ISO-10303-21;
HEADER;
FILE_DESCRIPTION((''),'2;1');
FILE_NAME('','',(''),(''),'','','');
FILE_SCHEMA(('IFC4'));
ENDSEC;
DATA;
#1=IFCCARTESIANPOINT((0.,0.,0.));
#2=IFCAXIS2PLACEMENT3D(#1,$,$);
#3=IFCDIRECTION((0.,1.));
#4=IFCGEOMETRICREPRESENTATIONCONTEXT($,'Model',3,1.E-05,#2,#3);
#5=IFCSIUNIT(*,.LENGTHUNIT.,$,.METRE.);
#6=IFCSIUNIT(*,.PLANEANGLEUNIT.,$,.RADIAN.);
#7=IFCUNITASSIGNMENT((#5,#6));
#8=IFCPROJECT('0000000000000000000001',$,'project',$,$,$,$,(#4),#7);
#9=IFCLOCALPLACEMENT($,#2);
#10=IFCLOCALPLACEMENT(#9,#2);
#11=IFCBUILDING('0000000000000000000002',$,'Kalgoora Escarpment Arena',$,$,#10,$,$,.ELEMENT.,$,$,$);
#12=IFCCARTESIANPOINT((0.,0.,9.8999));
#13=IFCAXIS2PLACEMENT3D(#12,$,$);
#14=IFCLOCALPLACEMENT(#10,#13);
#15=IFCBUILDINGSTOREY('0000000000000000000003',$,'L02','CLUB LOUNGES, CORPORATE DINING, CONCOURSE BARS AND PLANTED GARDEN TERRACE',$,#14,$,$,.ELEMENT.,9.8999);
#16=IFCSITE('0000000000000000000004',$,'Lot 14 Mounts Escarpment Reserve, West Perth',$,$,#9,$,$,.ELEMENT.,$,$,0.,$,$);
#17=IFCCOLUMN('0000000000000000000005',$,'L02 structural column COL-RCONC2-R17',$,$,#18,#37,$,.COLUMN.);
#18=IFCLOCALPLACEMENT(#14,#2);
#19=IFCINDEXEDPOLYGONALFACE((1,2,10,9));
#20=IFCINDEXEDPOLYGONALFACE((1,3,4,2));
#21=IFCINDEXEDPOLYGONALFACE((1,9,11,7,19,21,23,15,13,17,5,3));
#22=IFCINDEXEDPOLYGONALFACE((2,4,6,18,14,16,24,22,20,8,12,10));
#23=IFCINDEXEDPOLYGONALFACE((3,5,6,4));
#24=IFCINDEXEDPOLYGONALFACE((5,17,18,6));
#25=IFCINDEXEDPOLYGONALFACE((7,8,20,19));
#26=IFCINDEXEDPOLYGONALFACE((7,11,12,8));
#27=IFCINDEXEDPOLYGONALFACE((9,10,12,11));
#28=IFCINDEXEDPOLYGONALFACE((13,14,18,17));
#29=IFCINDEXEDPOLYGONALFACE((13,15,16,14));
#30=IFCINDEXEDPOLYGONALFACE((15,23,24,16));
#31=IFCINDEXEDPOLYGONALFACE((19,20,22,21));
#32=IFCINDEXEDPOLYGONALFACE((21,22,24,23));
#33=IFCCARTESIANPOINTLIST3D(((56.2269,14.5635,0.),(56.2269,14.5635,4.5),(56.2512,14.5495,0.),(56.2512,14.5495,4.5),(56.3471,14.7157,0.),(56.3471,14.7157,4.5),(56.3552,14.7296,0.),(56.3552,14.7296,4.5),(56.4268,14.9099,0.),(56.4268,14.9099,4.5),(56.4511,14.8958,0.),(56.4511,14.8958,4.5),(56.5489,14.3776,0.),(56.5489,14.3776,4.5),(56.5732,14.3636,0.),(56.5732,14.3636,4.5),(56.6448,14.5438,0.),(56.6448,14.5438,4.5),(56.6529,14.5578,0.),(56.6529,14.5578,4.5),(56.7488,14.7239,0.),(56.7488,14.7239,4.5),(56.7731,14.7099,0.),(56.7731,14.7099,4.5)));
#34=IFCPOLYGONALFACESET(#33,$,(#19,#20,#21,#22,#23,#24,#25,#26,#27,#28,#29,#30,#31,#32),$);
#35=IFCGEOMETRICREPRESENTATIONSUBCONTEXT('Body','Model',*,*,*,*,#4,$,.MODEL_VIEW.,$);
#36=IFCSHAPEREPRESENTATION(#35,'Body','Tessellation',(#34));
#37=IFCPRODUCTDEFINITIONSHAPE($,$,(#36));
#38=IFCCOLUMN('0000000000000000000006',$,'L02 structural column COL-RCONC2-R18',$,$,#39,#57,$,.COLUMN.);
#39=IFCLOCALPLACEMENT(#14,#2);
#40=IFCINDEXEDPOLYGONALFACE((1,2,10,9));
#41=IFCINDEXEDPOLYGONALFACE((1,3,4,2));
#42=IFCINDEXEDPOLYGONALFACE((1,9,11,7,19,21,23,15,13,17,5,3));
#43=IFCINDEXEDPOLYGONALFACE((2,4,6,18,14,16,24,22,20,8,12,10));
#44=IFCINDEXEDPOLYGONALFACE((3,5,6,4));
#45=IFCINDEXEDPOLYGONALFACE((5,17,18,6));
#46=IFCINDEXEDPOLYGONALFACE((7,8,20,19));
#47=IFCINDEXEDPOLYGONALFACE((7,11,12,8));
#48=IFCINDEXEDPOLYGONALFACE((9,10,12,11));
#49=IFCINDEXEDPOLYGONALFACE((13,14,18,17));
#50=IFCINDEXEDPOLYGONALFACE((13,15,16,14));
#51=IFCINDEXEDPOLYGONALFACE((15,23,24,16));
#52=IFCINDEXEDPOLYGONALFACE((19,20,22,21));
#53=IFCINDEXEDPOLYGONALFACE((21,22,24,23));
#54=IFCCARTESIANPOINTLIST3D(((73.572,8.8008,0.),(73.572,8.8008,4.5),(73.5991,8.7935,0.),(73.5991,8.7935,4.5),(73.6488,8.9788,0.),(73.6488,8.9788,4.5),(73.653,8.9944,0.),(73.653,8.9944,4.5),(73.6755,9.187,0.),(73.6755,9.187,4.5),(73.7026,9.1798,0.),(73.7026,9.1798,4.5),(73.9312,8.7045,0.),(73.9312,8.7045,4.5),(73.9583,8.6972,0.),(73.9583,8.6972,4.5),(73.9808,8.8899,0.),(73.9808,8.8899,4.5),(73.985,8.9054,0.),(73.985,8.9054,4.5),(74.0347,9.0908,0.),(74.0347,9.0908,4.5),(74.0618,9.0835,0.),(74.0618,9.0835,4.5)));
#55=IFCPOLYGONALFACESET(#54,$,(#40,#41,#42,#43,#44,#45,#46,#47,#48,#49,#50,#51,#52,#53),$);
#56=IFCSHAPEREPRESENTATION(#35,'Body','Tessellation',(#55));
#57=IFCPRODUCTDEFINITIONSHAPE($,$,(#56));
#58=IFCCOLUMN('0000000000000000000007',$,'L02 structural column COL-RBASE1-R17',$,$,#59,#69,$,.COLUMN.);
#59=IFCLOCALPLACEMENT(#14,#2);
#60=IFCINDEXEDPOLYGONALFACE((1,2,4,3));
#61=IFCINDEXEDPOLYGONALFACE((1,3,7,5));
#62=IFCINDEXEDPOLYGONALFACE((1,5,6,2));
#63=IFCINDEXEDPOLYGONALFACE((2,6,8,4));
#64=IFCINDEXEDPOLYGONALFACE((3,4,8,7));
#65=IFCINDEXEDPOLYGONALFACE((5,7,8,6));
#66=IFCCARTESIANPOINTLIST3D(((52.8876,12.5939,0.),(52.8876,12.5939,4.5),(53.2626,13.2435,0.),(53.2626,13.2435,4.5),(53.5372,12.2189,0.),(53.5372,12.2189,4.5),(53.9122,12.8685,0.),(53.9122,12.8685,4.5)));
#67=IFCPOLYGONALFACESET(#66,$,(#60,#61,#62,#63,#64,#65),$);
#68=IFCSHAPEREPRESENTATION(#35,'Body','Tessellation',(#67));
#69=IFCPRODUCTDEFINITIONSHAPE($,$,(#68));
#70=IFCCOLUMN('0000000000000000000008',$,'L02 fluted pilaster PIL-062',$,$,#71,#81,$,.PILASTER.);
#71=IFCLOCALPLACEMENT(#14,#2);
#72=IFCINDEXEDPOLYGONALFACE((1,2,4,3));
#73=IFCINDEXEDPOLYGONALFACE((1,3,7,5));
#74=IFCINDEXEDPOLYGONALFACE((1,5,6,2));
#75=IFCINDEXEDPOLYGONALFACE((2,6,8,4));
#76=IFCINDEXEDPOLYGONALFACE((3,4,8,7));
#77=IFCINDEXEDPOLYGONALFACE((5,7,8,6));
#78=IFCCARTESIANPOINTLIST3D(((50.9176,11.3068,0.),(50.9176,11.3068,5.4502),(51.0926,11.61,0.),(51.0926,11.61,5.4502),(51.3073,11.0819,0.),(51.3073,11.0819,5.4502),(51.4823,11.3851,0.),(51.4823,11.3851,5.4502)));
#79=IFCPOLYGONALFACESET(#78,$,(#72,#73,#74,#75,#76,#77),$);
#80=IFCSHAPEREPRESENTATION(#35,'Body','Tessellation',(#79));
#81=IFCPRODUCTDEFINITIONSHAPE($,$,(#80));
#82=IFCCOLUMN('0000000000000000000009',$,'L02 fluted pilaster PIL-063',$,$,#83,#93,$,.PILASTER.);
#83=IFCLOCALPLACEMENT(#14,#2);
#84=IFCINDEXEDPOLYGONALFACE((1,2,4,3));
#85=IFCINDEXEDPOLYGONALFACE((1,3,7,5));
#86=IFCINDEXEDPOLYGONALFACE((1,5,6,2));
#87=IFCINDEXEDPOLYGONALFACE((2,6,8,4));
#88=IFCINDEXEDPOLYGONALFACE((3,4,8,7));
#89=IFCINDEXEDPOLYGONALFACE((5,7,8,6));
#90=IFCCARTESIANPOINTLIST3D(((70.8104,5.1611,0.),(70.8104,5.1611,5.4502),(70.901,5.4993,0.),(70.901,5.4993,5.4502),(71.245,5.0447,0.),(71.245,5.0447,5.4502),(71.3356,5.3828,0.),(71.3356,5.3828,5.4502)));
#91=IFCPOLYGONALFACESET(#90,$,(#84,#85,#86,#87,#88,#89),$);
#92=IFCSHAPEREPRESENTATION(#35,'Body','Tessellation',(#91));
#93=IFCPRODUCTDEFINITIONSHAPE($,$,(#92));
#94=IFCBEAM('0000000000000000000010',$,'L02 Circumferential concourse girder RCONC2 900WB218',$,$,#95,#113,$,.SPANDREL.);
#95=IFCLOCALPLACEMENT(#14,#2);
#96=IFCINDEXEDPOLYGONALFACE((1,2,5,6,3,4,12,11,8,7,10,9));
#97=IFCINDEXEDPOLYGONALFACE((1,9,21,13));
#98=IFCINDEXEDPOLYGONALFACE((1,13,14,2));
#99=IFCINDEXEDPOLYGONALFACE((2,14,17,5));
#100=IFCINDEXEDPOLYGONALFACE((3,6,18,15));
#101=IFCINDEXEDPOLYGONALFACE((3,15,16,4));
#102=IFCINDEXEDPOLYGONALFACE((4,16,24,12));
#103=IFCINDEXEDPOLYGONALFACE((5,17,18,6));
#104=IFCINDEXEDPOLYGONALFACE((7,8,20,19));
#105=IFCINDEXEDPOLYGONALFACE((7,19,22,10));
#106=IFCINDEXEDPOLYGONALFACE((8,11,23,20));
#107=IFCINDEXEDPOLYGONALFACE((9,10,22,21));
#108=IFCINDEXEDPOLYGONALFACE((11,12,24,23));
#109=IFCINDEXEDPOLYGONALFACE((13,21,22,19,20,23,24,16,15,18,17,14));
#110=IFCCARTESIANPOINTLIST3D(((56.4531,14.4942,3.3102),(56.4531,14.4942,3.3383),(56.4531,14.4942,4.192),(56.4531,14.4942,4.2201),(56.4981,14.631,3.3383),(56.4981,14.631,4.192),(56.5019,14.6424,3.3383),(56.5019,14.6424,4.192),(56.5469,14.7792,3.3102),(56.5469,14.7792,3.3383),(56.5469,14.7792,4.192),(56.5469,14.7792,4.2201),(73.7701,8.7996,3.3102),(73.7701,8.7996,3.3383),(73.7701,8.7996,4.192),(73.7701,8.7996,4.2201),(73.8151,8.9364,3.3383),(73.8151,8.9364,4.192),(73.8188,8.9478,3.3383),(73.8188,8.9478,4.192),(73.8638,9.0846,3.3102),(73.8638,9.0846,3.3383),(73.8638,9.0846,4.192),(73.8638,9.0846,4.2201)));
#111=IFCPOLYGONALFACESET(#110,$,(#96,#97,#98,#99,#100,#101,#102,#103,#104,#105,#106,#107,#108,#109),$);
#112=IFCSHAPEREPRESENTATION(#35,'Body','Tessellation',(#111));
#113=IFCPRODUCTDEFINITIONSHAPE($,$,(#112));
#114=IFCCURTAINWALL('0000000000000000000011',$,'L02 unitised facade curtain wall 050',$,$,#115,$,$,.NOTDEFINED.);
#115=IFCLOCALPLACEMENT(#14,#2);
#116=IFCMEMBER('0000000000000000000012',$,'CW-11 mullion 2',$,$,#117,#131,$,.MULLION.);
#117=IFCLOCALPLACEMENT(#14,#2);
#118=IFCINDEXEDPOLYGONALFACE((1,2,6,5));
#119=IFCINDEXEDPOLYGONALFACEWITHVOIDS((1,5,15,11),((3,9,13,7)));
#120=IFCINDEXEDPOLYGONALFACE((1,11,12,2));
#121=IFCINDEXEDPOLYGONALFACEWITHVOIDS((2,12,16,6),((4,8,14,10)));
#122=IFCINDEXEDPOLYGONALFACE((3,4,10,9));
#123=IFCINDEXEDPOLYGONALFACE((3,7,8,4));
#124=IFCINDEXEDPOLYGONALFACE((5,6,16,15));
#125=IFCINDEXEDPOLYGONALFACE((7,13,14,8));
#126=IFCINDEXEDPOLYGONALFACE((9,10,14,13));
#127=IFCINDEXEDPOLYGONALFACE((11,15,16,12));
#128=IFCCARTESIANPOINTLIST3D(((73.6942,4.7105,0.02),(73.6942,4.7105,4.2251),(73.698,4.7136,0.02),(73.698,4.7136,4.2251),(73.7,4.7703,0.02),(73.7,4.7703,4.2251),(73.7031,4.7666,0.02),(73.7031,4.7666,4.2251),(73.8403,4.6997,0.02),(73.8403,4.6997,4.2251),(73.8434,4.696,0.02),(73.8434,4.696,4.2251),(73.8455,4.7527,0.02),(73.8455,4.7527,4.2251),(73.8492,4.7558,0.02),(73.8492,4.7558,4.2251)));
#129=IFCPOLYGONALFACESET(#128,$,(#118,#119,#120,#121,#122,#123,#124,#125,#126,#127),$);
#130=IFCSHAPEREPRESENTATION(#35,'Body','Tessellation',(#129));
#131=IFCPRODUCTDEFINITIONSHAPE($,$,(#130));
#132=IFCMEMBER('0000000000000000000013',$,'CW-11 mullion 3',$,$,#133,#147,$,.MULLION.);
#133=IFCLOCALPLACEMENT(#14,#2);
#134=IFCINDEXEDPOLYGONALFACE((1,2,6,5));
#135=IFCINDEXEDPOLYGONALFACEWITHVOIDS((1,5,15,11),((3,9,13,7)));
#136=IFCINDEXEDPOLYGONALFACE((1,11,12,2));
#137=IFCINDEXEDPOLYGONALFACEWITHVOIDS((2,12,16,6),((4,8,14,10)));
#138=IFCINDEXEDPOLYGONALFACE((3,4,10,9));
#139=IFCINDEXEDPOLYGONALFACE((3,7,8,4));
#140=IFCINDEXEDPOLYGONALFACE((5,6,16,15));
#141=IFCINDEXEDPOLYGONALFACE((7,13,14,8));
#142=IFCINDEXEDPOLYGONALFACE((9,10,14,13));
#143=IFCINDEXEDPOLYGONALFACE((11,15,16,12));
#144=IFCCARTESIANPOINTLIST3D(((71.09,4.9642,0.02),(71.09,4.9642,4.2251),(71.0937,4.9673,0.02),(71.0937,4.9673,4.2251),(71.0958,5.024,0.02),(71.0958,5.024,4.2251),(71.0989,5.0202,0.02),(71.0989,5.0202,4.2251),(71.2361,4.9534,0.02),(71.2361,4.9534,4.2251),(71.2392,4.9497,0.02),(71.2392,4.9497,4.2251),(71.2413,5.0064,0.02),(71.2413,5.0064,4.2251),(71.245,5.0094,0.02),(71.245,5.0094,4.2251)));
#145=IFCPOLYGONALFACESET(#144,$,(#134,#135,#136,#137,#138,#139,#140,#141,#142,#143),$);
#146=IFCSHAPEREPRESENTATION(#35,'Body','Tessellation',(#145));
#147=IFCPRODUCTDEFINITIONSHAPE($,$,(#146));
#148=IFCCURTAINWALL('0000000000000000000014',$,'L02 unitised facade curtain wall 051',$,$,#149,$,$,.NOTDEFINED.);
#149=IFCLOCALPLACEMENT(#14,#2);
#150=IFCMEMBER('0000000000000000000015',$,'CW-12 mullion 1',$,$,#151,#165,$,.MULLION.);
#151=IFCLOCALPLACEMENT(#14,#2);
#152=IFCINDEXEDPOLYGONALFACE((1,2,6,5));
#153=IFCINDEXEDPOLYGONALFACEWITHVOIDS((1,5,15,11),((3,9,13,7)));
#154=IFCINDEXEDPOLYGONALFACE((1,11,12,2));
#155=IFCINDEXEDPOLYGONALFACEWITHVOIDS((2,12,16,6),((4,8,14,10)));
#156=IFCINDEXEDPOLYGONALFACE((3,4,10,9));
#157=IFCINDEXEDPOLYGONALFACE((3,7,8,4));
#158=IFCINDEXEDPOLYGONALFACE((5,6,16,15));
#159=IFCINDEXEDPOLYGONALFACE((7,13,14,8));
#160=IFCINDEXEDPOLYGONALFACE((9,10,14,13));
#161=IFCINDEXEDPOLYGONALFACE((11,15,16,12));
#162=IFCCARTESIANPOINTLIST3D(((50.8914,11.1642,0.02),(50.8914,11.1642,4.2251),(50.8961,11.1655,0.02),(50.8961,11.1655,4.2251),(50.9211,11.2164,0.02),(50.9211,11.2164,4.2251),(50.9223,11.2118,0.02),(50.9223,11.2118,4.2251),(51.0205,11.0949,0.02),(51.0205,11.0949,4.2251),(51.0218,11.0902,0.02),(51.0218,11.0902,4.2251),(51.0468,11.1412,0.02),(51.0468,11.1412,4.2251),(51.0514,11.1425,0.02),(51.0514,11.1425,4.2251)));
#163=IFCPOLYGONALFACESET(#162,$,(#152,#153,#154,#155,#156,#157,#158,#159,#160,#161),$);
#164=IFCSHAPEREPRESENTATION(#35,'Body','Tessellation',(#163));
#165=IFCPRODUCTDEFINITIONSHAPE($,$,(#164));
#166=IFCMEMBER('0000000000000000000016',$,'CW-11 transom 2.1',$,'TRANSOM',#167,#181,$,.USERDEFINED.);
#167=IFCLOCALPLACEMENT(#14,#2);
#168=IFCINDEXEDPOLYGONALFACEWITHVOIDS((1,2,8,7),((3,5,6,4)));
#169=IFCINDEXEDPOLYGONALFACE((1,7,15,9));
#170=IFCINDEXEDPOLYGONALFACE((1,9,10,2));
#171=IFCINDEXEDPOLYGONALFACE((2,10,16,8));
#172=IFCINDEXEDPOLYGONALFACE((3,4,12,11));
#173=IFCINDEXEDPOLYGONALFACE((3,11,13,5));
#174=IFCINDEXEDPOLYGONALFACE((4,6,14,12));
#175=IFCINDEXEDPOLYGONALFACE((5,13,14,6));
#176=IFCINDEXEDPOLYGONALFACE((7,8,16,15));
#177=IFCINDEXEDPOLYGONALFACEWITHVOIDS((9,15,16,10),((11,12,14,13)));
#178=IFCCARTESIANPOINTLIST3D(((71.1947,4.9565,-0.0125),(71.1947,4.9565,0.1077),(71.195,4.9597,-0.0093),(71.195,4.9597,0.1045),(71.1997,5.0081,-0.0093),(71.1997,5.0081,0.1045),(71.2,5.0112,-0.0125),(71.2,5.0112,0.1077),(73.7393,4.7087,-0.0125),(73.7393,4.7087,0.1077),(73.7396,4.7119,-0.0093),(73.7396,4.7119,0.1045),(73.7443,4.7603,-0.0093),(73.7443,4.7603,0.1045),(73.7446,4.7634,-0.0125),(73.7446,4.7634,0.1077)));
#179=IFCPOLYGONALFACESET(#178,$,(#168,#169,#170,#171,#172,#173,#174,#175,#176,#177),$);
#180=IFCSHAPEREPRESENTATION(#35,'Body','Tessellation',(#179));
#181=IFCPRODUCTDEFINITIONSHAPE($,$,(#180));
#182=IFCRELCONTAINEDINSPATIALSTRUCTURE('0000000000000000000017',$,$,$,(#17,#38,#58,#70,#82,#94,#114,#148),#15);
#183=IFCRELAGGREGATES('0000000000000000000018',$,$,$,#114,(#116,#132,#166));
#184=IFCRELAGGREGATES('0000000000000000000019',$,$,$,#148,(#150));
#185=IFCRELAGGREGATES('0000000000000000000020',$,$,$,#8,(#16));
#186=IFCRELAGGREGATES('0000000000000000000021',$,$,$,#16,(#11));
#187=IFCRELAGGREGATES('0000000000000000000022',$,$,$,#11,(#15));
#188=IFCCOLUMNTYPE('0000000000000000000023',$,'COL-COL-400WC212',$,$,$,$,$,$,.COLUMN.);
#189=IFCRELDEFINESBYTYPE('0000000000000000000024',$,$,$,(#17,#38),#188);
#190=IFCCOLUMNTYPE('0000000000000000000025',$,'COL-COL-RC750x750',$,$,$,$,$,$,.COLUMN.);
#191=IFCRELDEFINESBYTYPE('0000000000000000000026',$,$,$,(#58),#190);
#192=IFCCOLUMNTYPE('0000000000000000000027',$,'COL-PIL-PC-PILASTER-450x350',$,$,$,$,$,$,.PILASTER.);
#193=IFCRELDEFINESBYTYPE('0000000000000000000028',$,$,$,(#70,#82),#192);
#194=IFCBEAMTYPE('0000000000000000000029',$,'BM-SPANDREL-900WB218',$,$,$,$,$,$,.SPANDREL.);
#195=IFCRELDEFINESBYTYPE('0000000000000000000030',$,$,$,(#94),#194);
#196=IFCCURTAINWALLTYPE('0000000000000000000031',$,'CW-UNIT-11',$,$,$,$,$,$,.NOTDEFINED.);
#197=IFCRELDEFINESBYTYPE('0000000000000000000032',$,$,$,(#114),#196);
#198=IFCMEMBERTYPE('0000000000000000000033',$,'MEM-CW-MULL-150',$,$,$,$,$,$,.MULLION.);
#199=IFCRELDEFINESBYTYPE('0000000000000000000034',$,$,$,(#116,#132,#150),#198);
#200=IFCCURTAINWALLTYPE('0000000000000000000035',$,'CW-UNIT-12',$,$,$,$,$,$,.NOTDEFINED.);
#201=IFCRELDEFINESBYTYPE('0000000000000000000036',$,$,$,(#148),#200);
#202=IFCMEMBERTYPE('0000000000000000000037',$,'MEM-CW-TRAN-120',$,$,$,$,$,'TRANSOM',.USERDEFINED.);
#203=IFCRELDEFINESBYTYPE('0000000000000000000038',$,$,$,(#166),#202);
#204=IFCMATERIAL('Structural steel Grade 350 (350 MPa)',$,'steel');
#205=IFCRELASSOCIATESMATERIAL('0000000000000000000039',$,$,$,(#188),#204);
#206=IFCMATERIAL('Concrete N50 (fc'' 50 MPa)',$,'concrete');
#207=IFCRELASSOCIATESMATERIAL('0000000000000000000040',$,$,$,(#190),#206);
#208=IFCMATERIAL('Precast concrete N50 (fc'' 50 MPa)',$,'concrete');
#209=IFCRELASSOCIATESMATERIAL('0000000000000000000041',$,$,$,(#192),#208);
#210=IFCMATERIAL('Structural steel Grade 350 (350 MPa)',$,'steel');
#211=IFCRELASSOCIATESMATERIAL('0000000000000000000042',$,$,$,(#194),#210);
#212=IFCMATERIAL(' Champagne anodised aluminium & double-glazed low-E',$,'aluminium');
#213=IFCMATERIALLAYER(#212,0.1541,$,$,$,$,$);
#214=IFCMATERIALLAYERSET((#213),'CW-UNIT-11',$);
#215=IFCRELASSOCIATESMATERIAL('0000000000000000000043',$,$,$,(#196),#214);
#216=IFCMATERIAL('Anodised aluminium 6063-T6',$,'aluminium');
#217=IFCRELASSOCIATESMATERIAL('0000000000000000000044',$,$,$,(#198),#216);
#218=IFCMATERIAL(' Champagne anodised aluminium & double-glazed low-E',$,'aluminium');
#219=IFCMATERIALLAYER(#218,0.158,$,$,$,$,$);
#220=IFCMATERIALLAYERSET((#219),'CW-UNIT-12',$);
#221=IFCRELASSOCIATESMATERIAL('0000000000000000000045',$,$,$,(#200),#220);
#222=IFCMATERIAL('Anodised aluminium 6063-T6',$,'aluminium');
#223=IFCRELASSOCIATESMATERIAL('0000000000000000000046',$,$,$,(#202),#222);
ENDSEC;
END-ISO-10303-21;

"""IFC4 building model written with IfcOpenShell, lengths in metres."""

from ifc_helpers import new_model, si_unit, direction, frame, origin, origin_2d, place, context, subcontext, project, spatial, rectangle, hollow_rectangle, i_section, extrude, material, layer, layer_set, material_profile, profile_set, type_object, element, aggregate, save


model = new_model("IFC4")

# Units and contexts
model_context = context("Model", 3, precision=1e-05, world=origin(), true_north=direction((0.0, 1.0)))
body_context = subcontext(model_context, "Body", "Model", "MODEL_VIEW")
ifc_project = project(units=[si_unit("LENGTHUNIT", "METRE"), si_unit("PLANEANGLEUNIT", "RADIAN")], contexts=[model_context])

# Site, building, storey
site_placement = place(None, origin())
site = spatial("IfcSite", under=ifc_project, at=site_placement, Name="Lot 14 Mounts Escarpment Reserve, West Perth", CompositionType="ELEMENT", RefElevation=0.0)
building_placement = place(site_placement, origin())
building = spatial("IfcBuilding", under=site, at=building_placement, Name="Kalgoora Escarpment Arena", CompositionType="ELEMENT")
storey_placement = place(building_placement, frame((0.0, 0.0, 9.8999)))
storey = spatial("IfcBuildingStorey", under=building, at=storey_placement, Name="L02", Description="CLUB LOUNGES, CORPORATE DINING, CONCOURSE BARS AND PLANTED GARDEN TERRACE", CompositionType="ELEMENT", Elevation=9.8999)

# Columns
ifc_material_1 = material(Name="Structural steel Grade 350 (350 MPa)", Category="steel")
ifc_material_profile_1 = material_profile(ifc_material_1, i_section(OverallWidth=0.3999, OverallDepth=0.3999, WebThickness=0.0161, FlangeThickness=0.0281, at=origin_2d()))
ifc_profile_set_1 = profile_set([ifc_material_profile_1], Name="Structural steel Grade 350 (350 MPa)")
column_type_1 = type_object("IfcColumnType", Name="COL-COL-400WC212", PredefinedType="COLUMN", material=ifc_profile_set_1)
for number, where, z_axis, x_axis, name in (
    (1, (56.5, 14.6367, 0.0), (0.0, 0.0, 1.0), (-0.5, -0.866025, 0.0), "L02 structural column COL-RCONC2-R17"),
    (2, (73.8169, 8.9421, 0.0), (0.0, 0.0, 1.0), (-0.258819, -0.965926, 0.0), "L02 structural column COL-RCONC2-R18"),
):
    element("IfcColumn", number, at=place(storey_placement, frame(where, z_axis=z_axis, x_axis=x_axis)), inside=storey, type_object=column_type_1, Name=name, PredefinedType="COLUMN", context=body_context, shape_type="SweptSolid", body=[
        extrude(i_section(OverallWidth=0.3999, OverallDepth=0.3999, WebThickness=0.0161, FlangeThickness=0.0281, at=origin_2d()), origin(), (0.0, 0.0, 1.0), 4.5),
    ])
ifc_material_2 = material(Name="Concrete N50 (fc' 50 MPa)", Category="concrete")
ifc_material_profile_2 = material_profile(ifc_material_2, rectangle(XDim=0.75, YDim=0.75, at=origin_2d()))
ifc_profile_set_2 = profile_set([ifc_material_profile_2], Name="Concrete N50 (fc' 50 MPa)")
column_type_2 = type_object("IfcColumnType", Name="COL-COL-RC750x750", PredefinedType="COLUMN", material=ifc_profile_set_2)
column_placement = place(storey_placement, frame((53.3999, 12.7312, 0.0), z_axis=(0.0, 0.0, 1.0), x_axis=(-0.5, -0.866025, 0.0)))
element("IfcColumn", 3, at=column_placement, inside=storey, type_object=column_type_2, Name="L02 structural column COL-RBASE1-R17", PredefinedType="COLUMN", context=body_context, shape_type="SweptSolid", body=[
    extrude(rectangle(XDim=0.75, YDim=0.75, at=origin_2d()), origin(), (0.0, 0.0, 1.0), 4.5),
])
ifc_material_3 = material(Name="Precast concrete N50 (fc' 50 MPa)", Category="concrete")
ifc_material_profile_3 = material_profile(ifc_material_3, rectangle(XDim=0.3501, YDim=0.45, at=origin_2d()))
ifc_profile_set_3 = profile_set([ifc_material_profile_3], Name="Precast concrete N50 (fc' 50 MPa)")
column_type_3 = type_object("IfcColumnType", Name="COL-PIL-PC-PILASTER-450x350", PredefinedType="PILASTER", material=ifc_profile_set_3)
for number, where, z_axis, x_axis, name in (
    (4, (51.2, 11.3459, 0.0), (0.0, 0.0, 1.0), (-0.5, -0.866025, 0.0), "L02 fluted pilaster PIL-062"),
    (5, (71.073, 5.272, 0.0), (0.0, 0.0, 1.0), (-0.258819, -0.965926, 0.0), "L02 fluted pilaster PIL-063"),
):
    element("IfcColumn", number, at=place(storey_placement, frame(where, z_axis=z_axis, x_axis=x_axis)), inside=storey, type_object=column_type_3, Name=name, PredefinedType="PILASTER", context=body_context, shape_type="SweptSolid", body=[
        extrude(rectangle(XDim=0.3501, YDim=0.45, at=origin_2d()), origin(), (0.0, 0.0, 1.0), 5.4502),
    ])

# Beam
ifc_material_4 = material(Name="Structural steel Grade 350 (350 MPa)", Category="steel")
ifc_material_profile_4 = material_profile(ifc_material_4, i_section(OverallWidth=0.3, OverallDepth=0.9099, WebThickness=0.012, FlangeThickness=0.0281, at=origin_2d()))
ifc_profile_set_4 = profile_set([ifc_material_profile_4], Name="Structural steel Grade 350 (350 MPa)")
beam_type = type_object("IfcBeamType", Name="BM-SPANDREL-900WB218", PredefinedType="SPANDREL", material=ifc_profile_set_4)
beam_placement = place(storey_placement, frame((56.5, 14.6367, 3.7651), z_axis=(0.949955, -0.312388, 0.0), x_axis=(0.312388, 0.949955, 0.0)))
element("IfcBeam", 6, at=beam_placement, inside=storey, type_object=beam_type, Name="L02 Circumferential concourse girder RCONC2 900WB218", PredefinedType="SPANDREL", context=body_context, shape_type="SweptSolid", body=[
    extrude(i_section(OverallWidth=0.3, OverallDepth=0.9099, WebThickness=0.012, FlangeThickness=0.0281, at=origin_2d()), origin(), (0.0, 0.0, 1.0), 18.2292),
])

# Curtain wall, members
ifc_material_5 = material(Name=" Champagne anodised aluminium & double-glazed low-E", Category="aluminium")
ifc_layer_1 = layer(ifc_material_5, 0.1541)
ifc_layer_set_1 = layer_set([ifc_layer_1], Name="CW-UNIT-11")
curtain_wall_type_1 = type_object("IfcCurtainWallType", Name="CW-UNIT-11", PredefinedType="NOTDEFINED", material=ifc_layer_set_1)
curtain_wall_1_placement = place(storey_placement, origin())
curtain_wall_1 = element("IfcCurtainWall", 7, at=curtain_wall_1_placement, inside=storey, type_object=curtain_wall_type_1, Name="L02 unitised facade curtain wall 050", PredefinedType="NOTDEFINED")
ifc_material_6 = material(Name="Anodised aluminium 6063-T6", Category="aluminium")
ifc_material_profile_5 = material_profile(ifc_material_6, hollow_rectangle(XDim=0.0601, YDim=0.1499, WallThickness=0.0034, at=origin_2d()))
ifc_profile_set_5 = profile_set([ifc_material_profile_5], Name="Anodised aluminium 6063-T6")
member_type_1 = type_object("IfcMemberType", Name="MEM-CW-MULL-150", PredefinedType="MULLION", material=ifc_profile_set_5)
member_1_placement = place(storey_placement, frame((73.7717, 4.7332, 0.02), z_axis=(0.0, 0.0, 1.0), x_axis=(-0.096853, -0.995299, 0.0)))
member_1 = element("IfcMember", 8, at=member_1_placement, type_object=member_type_1, Name="CW-11 mullion 2", PredefinedType="MULLION", context=body_context, shape_type="SweptSolid", body=[
    extrude(hollow_rectangle(XDim=0.0601, YDim=0.1499, WallThickness=0.0034, at=origin_2d()), origin(), (0.0, 0.0, 1.0), 4.2051),
])
member_2_placement = place(storey_placement, frame((71.1675, 4.9868, 0.02), z_axis=(0.0, 0.0, 1.0), x_axis=(-0.096853, -0.995299, 0.0)))
member_2 = element("IfcMember", 9, at=member_2_placement, type_object=member_type_1, Name="CW-11 mullion 3", PredefinedType="MULLION", context=body_context, shape_type="SweptSolid", body=[
    extrude(hollow_rectangle(XDim=0.0601, YDim=0.1499, WallThickness=0.0034, at=origin_2d()), origin(), (0.0, 0.0, 1.0), 4.2051),
])

# Curtain wall, member
ifc_material_7 = material(Name=" Champagne anodised aluminium & double-glazed low-E", Category="aluminium")
ifc_layer_2 = layer(ifc_material_7, 0.158)
ifc_layer_set_2 = layer_set([ifc_layer_2], Name="CW-UNIT-12")
curtain_wall_type_2 = type_object("IfcCurtainWallType", Name="CW-UNIT-12", PredefinedType="NOTDEFINED", material=ifc_layer_set_2)
curtain_wall_2_placement = place(storey_placement, origin())
curtain_wall_2 = element("IfcCurtainWall", 10, at=curtain_wall_2_placement, inside=storey, type_object=curtain_wall_type_2, Name="L02 unitised facade curtain wall 051", PredefinedType="NOTDEFINED")
member_3_placement = place(storey_placement, frame((50.9714, 11.1533, 0.02), z_axis=(0.0, 0.0, 1.0), x_axis=(-0.493344, -0.869834, 0.0)))
member_3 = element("IfcMember", 11, at=member_3_placement, type_object=member_type_1, Name="CW-12 mullion 1", PredefinedType="MULLION", context=body_context, shape_type="SweptSolid", body=[
    extrude(hollow_rectangle(XDim=0.0601, YDim=0.1499, WallThickness=0.0034, at=origin_2d()), origin(), (0.0, 0.0, 1.0), 4.2051),
])

# Member
ifc_material_8 = material(Name="Anodised aluminium 6063-T6", Category="aluminium")
ifc_material_profile_6 = material_profile(ifc_material_8, hollow_rectangle(XDim=0.0549, YDim=0.1201, WallThickness=0.0032, at=origin_2d()))
ifc_profile_set_6 = profile_set([ifc_material_profile_6], Name="Anodised aluminium 6063-T6")
member_type_2 = type_object("IfcMemberType", Name="MEM-CW-TRAN-120", ElementType="TRANSOM", PredefinedType="USERDEFINED", material=ifc_profile_set_6)
member_4_placement = place(storey_placement, frame((73.7419, 4.7361, 0.0476), z_axis=(-0.995292, 0.096922, 0.0), x_axis=(-0.096922, -0.995292, 0.0)))
member_4 = element("IfcMember", 12, at=member_4_placement, type_object=member_type_2, Name="CW-11 transom 2.1", ObjectType="TRANSOM", PredefinedType="USERDEFINED", context=body_context, shape_type="SweptSolid", body=[
    extrude(hollow_rectangle(XDim=0.0549, YDim=0.1201, WallThickness=0.0032, at=origin_2d()), origin(), (0.0, 0.0, 1.0), 2.5566),
])

aggregate(curtain_wall_1, [member_1, member_2, member_4])
aggregate(curtain_wall_2, [member_3])

save(model, "model.ifc")
